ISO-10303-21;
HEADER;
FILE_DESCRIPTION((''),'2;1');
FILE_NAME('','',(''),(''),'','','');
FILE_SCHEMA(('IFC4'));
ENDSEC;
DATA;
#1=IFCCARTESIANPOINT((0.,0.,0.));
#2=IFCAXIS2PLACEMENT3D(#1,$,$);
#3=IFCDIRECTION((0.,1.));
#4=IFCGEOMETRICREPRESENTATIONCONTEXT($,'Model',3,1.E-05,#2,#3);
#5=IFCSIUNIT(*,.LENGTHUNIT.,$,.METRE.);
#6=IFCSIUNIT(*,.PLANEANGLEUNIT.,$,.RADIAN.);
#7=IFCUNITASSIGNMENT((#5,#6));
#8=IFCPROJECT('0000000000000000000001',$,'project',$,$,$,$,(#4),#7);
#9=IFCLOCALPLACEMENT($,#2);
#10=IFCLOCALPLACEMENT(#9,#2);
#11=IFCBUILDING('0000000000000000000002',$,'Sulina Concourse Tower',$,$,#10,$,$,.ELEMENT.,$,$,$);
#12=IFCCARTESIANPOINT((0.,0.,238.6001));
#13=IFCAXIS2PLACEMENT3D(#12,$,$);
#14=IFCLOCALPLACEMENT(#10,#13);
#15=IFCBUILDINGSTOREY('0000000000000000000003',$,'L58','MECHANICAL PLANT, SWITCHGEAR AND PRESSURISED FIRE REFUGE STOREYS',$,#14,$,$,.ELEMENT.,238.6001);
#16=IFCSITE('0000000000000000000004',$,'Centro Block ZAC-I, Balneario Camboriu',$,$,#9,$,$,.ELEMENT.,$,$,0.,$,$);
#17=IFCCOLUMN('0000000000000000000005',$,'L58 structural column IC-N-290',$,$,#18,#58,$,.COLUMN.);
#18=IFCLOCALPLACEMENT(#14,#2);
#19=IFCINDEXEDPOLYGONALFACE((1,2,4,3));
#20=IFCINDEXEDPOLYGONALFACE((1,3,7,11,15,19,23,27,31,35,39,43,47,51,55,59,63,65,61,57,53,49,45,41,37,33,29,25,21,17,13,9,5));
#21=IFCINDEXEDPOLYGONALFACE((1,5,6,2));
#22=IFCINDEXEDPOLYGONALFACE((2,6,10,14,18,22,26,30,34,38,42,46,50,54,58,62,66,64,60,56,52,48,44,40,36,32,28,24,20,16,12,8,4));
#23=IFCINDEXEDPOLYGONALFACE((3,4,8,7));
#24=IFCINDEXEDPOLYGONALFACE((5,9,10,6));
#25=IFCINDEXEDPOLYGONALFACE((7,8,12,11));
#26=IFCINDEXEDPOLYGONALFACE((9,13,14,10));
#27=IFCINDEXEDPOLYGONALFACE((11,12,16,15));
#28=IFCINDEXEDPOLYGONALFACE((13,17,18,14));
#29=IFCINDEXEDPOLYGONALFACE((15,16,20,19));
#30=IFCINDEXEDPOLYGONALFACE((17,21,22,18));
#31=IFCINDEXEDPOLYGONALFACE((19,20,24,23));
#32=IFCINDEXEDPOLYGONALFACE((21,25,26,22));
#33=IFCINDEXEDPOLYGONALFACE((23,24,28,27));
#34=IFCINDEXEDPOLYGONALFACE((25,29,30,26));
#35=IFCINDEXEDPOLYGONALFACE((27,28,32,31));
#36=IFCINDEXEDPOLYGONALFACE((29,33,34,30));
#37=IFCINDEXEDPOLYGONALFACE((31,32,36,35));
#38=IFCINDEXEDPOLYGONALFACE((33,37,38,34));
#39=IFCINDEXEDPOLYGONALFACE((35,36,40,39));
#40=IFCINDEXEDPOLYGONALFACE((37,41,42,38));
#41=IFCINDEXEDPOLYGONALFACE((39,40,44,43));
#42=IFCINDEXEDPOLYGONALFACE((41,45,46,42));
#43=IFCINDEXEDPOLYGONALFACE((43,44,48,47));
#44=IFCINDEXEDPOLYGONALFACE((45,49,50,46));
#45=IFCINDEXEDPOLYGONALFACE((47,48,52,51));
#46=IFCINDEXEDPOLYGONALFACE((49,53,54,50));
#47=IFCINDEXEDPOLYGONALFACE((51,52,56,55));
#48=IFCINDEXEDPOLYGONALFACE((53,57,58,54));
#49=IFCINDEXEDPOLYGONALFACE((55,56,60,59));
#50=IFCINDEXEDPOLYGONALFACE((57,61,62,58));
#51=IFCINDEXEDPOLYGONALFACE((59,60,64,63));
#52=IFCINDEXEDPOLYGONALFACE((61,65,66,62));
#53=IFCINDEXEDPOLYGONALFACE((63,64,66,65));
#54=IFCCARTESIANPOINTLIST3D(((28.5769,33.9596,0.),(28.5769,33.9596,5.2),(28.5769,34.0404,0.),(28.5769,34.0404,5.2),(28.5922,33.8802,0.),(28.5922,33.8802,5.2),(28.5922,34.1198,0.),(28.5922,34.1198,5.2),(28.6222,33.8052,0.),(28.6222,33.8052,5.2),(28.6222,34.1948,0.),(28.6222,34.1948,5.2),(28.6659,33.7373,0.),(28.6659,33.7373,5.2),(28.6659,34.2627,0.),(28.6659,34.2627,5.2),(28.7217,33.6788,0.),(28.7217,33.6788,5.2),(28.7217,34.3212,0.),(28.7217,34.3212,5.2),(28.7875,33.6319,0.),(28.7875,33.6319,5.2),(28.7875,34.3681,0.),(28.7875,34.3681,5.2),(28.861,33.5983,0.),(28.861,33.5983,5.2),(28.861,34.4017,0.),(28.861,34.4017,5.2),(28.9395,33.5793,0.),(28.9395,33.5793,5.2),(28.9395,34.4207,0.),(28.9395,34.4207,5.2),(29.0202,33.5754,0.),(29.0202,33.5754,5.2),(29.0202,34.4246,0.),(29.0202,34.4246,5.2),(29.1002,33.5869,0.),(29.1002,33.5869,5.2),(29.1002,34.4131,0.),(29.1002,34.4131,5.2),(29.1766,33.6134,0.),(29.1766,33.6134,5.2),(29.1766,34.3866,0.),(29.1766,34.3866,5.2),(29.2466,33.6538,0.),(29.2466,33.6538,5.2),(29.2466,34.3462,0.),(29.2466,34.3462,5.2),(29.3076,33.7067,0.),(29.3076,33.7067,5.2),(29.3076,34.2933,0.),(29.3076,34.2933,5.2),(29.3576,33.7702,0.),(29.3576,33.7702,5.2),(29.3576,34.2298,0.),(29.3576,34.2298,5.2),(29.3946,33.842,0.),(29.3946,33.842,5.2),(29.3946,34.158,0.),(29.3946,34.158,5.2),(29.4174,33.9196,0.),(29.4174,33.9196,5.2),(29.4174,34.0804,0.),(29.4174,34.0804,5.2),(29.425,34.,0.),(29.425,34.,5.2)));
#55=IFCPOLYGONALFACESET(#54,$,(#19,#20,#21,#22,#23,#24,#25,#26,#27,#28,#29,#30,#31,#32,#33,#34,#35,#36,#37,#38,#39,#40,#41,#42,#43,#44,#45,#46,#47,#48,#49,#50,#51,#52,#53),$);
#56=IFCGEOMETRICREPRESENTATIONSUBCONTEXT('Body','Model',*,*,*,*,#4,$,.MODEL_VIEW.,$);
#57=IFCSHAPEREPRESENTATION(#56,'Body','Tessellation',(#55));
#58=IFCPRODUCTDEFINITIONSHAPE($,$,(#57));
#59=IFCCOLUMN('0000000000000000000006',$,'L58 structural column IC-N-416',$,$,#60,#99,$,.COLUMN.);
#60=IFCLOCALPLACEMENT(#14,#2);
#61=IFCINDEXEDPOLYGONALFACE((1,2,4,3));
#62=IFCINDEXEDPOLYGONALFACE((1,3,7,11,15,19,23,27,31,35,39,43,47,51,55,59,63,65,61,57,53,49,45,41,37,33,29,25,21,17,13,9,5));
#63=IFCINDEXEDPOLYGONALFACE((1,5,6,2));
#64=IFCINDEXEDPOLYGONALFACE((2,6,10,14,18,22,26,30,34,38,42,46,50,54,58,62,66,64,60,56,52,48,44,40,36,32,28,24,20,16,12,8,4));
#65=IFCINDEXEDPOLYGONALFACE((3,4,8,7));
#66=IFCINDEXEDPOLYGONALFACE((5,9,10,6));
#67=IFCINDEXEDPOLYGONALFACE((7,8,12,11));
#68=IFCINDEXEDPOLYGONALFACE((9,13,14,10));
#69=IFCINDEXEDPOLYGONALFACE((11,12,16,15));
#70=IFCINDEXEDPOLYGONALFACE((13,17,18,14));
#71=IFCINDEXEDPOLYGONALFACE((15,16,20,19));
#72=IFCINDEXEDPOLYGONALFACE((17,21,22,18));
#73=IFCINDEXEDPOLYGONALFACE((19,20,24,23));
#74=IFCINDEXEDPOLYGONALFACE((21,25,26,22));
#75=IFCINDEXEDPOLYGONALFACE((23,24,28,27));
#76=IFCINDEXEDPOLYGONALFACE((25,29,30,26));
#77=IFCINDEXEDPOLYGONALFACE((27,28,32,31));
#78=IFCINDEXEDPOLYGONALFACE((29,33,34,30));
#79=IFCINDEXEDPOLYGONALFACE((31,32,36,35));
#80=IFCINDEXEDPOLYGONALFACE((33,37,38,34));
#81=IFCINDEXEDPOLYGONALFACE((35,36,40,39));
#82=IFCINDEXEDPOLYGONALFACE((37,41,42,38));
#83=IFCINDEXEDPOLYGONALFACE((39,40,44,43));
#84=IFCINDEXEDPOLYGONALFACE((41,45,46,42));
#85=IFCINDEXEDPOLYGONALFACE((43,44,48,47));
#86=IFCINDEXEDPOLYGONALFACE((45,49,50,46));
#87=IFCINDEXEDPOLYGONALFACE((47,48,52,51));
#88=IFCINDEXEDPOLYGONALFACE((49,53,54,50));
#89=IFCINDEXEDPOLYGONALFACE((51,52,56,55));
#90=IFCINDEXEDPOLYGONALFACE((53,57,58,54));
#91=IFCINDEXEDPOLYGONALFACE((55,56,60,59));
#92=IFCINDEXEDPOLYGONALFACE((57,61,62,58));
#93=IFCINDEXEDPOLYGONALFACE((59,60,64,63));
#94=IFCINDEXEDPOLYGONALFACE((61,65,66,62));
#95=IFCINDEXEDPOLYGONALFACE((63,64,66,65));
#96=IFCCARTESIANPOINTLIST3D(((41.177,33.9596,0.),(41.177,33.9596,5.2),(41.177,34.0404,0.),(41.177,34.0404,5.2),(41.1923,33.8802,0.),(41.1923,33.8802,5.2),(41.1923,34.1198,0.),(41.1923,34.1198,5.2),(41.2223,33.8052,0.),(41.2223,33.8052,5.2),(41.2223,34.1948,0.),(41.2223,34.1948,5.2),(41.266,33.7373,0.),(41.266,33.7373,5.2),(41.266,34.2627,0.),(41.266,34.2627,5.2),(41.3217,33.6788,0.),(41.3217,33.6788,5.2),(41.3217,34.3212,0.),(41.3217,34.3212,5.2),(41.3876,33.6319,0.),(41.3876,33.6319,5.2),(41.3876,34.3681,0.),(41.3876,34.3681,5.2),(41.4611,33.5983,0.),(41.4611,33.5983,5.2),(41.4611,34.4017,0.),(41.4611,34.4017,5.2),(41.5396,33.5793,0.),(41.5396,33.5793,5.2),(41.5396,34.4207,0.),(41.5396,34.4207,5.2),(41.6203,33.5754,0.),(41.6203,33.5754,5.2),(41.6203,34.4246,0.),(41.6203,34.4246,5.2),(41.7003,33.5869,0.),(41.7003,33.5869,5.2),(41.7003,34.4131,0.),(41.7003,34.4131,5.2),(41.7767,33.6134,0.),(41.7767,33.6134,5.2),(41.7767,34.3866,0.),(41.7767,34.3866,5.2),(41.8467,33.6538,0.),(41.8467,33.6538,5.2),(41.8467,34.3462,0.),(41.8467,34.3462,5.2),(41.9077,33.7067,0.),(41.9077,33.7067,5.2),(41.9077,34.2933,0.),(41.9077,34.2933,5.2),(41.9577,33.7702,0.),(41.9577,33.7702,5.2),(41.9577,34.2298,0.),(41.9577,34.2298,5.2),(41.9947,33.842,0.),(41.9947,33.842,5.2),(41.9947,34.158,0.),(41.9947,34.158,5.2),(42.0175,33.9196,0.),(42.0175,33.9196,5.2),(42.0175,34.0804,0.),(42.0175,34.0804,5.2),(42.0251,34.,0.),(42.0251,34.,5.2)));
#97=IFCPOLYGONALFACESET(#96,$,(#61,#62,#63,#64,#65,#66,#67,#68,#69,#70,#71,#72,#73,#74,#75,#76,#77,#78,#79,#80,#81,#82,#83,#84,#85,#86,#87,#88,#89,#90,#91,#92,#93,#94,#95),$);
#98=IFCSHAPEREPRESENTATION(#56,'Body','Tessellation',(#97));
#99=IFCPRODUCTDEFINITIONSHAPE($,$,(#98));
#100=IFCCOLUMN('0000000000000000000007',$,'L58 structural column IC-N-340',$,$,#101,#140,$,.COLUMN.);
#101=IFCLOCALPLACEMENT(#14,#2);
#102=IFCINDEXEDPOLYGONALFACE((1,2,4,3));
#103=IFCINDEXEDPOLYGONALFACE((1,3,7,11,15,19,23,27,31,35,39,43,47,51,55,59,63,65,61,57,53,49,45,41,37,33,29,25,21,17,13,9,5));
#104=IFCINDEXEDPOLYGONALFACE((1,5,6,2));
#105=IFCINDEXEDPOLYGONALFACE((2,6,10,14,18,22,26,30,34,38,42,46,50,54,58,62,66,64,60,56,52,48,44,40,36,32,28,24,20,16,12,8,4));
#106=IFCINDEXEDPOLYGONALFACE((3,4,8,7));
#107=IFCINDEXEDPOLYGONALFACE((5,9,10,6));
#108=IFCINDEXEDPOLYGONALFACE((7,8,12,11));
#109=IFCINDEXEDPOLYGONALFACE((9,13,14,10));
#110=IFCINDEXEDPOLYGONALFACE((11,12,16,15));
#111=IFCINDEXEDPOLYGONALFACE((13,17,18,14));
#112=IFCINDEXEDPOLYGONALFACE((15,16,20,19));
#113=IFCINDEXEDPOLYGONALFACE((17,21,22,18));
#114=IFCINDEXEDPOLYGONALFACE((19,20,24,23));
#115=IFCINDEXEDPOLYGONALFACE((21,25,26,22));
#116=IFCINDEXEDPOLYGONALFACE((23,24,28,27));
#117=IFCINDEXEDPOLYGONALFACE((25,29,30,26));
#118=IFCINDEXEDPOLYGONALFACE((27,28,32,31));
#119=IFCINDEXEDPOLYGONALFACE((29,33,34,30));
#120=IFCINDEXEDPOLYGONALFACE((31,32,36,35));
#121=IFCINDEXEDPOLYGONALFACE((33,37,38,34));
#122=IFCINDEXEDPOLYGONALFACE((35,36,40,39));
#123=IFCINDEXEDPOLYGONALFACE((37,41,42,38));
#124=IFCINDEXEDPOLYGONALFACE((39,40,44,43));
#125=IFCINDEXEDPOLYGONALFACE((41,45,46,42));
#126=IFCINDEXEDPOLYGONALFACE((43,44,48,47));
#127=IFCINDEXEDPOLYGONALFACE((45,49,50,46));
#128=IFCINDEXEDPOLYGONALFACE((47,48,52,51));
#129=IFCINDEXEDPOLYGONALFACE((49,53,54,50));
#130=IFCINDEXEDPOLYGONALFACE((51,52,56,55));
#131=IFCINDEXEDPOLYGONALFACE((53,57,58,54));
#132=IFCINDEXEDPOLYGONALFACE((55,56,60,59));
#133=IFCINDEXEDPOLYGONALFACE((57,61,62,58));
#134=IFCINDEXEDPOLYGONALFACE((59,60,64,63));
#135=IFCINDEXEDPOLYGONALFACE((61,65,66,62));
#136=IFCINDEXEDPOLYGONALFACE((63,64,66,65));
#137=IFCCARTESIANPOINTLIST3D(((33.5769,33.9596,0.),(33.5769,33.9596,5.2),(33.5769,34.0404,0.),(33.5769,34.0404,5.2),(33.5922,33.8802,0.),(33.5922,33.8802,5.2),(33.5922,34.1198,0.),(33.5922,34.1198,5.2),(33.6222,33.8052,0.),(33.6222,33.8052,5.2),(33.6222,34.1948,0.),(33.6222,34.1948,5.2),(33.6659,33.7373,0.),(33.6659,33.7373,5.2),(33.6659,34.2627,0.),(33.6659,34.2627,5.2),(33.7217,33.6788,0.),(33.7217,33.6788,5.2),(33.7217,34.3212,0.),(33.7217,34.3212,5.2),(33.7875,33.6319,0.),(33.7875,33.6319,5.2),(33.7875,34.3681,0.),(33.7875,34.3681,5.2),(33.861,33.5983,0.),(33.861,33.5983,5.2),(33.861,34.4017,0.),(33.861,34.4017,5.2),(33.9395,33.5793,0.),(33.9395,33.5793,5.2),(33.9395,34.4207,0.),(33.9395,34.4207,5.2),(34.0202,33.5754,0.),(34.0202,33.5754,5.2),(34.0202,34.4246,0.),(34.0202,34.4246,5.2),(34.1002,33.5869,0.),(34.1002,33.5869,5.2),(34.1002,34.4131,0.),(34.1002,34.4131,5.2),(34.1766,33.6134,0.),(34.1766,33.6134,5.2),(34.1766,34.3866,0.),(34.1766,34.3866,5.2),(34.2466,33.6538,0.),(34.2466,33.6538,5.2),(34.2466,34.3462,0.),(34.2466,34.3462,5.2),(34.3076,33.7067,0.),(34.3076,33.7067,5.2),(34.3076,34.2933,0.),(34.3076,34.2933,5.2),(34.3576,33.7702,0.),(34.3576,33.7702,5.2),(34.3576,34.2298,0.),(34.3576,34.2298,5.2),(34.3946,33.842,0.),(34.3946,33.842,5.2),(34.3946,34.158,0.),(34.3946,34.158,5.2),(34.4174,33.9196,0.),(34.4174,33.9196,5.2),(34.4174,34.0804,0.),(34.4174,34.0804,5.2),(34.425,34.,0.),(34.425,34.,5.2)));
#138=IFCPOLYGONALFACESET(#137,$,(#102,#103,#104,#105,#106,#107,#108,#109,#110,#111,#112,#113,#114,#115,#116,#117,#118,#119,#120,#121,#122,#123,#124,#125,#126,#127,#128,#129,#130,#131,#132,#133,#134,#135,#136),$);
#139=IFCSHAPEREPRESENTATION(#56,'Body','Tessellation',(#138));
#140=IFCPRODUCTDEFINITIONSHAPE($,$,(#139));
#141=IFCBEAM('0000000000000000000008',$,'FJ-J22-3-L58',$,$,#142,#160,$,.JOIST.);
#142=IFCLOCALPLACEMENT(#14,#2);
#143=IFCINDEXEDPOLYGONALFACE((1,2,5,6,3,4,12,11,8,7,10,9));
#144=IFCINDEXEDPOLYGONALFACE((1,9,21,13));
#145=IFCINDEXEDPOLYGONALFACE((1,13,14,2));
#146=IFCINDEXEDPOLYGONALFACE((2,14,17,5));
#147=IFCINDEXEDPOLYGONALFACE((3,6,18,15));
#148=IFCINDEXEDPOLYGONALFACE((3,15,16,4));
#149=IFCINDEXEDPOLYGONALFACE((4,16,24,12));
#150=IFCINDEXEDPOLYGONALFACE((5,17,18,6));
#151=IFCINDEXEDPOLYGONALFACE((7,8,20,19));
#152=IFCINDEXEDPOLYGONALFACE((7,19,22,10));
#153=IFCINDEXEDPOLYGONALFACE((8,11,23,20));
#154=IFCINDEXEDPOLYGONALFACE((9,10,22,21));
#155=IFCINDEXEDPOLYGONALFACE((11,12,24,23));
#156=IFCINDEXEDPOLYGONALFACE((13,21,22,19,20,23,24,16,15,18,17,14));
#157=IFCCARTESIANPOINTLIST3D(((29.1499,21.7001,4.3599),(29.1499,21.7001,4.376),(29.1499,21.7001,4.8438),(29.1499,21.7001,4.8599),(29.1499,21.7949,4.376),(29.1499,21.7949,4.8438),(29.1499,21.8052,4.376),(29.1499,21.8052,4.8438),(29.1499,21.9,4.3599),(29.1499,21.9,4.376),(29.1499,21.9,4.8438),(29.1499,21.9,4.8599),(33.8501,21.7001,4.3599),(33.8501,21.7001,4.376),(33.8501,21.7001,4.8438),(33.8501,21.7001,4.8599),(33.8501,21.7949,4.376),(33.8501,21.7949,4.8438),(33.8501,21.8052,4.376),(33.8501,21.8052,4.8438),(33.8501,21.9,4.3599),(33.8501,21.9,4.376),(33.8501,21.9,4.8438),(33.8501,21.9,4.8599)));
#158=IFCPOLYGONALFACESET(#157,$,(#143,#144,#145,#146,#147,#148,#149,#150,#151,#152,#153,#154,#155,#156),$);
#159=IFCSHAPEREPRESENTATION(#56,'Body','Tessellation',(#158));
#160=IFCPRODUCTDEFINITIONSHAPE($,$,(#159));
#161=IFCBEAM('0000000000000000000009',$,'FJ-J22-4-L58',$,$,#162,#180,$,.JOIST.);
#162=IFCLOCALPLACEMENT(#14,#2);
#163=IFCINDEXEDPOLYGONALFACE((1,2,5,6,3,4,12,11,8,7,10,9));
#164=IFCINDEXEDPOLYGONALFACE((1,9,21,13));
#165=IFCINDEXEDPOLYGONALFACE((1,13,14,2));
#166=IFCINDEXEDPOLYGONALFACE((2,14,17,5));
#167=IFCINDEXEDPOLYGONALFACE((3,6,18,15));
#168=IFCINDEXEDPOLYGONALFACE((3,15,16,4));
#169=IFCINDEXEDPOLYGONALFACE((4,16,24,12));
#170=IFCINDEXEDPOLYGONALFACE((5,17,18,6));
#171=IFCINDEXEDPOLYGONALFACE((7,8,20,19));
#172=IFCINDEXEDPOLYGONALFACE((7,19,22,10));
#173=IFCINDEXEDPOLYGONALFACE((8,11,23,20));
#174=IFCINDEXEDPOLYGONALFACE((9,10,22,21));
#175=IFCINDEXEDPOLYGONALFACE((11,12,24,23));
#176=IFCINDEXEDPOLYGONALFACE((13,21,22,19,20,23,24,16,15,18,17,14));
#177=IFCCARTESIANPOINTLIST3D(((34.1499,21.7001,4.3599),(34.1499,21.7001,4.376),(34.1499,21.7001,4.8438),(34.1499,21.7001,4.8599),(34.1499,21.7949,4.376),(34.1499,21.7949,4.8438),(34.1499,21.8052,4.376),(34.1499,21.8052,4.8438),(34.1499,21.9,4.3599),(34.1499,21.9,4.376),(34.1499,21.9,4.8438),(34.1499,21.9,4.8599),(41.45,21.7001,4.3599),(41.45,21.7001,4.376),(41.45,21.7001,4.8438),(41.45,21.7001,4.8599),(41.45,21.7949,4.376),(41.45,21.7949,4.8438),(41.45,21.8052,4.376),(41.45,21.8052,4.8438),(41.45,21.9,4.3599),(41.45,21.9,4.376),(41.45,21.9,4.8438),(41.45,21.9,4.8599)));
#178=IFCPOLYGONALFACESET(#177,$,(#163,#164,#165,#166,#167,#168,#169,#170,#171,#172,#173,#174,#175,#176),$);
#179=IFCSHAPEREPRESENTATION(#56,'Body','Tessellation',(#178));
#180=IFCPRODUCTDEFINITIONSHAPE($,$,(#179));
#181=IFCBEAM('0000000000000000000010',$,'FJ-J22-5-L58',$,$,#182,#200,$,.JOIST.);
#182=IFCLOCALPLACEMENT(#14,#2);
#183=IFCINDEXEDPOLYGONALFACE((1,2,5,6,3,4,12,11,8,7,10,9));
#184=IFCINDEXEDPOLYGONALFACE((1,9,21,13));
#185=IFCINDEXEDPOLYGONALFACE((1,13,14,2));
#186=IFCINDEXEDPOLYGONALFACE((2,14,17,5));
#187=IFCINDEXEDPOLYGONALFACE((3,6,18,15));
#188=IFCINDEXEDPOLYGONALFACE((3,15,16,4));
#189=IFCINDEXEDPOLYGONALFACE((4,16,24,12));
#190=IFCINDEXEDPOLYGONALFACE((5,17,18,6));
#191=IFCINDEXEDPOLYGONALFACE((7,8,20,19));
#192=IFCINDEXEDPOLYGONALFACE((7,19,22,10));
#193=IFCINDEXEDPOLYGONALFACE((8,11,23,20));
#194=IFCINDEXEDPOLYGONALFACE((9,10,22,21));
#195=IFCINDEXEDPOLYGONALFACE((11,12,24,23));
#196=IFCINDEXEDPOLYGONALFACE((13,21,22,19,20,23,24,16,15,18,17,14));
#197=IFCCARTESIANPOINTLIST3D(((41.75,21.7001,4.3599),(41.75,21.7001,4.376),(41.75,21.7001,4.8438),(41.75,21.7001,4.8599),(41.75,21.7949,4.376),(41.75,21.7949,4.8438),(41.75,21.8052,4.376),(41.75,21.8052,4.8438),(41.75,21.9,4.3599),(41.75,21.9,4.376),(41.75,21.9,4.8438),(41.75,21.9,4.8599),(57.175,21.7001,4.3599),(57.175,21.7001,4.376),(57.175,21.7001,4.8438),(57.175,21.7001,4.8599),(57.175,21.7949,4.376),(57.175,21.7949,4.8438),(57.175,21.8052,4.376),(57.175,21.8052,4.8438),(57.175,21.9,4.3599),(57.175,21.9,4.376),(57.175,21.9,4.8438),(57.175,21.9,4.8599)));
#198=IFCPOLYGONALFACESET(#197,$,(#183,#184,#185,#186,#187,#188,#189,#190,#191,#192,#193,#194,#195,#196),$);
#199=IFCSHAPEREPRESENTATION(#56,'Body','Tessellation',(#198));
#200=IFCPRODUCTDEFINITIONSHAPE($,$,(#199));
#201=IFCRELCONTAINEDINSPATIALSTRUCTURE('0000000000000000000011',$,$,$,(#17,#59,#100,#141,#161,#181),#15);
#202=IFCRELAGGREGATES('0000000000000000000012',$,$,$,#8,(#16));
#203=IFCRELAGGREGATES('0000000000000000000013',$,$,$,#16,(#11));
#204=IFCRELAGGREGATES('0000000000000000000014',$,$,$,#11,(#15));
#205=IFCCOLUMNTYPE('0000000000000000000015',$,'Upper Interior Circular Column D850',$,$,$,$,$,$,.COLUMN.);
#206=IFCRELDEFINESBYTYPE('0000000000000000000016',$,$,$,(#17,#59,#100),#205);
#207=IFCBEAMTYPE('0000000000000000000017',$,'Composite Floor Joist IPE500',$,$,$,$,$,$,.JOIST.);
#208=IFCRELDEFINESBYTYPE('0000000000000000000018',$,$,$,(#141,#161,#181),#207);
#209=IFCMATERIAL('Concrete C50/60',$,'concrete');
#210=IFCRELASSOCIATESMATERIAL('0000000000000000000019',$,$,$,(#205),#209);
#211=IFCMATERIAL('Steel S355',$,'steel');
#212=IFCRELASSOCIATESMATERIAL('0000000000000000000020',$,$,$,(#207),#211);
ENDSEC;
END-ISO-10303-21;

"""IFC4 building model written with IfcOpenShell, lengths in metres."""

from ifc_helpers import new_model, si_unit, direction, frame, origin, origin_2d, place, context, subcontext, project, spatial, circle, i_section, extrude, material, material_profile, profile_set, type_object, element, save


model = new_model("IFC4")

# Units and contexts
model_context = context("Model", 3, precision=1e-05, world=origin(), true_north=direction((0.0, 1.0)))
body_context = subcontext(model_context, "Body", "Model", "MODEL_VIEW")
ifc_project = project(units=[si_unit("LENGTHUNIT", "METRE"), si_unit("PLANEANGLEUNIT", "RADIAN")], contexts=[model_context])

# Site, building, storey
site_placement = place(None, origin())
site = spatial("IfcSite", under=ifc_project, at=site_placement, Name="Centro Block ZAC-I, Balneario Camboriu", CompositionType="ELEMENT", RefElevation=0.0)
building_placement = place(site_placement, origin())
building = spatial("IfcBuilding", under=site, at=building_placement, Name="Sulina Concourse Tower", CompositionType="ELEMENT")
storey_placement = place(building_placement, frame((0.0, 0.0, 238.6001)))
storey = spatial("IfcBuildingStorey", under=building, at=storey_placement, Name="L58", Description="MECHANICAL PLANT, SWITCHGEAR AND PRESSURISED FIRE REFUGE STOREYS", CompositionType="ELEMENT", Elevation=238.6001)

# Columns
ifc_material_1 = material(Name="Concrete C50/60", Category="concrete")
ifc_material_profile_1 = material_profile(ifc_material_1, circle(Radius=0.425, at=origin_2d()), Name="RC D850")
ifc_profile_set_1 = profile_set([ifc_material_profile_1], Name="Concrete C50/60")
column_type = type_object("IfcColumnType", Name="Upper Interior Circular Column D850", PredefinedType="COLUMN", material=ifc_profile_set_1)
for number, where, z_axis, x_axis, name in (
    (1, (29.0, 34.0, 0.0), (0.0, 0.0, 1.0), (1.0, 0.0, 0.0), "L58 structural column IC-N-290"),
    (2, (41.6001, 34.0, 0.0), (0.0, 0.0, 1.0), (1.0, 0.0, 0.0), "L58 structural column IC-N-416"),
    (3, (34.0, 34.0, 0.0), (0.0, 0.0, 1.0), (1.0, 0.0, 0.0), "L58 structural column IC-N-340"),
):
    element("IfcColumn", number, at=place(storey_placement, frame(where, z_axis=z_axis, x_axis=x_axis)), inside=storey, type_object=column_type, Name=name, PredefinedType="COLUMN", context=body_context, shape_type="SweptSolid", body=[
        extrude(circle(Radius=0.425, at=origin_2d()), origin(), (0.0, 0.0, 1.0), 5.2),
    ])

# Beams
ifc_material_2 = material(Name="Steel S355", Category="steel")
ifc_material_profile_2 = material_profile(ifc_material_2, i_section(OverallWidth=0.2, OverallDepth=0.5, WebThickness=0.0103, FlangeThickness=0.0161, at=origin_2d()), Name="IPE 500")
ifc_profile_set_2 = profile_set([ifc_material_profile_2], Name="Steel S355")
beam_type_1 = type_object("IfcBeamType", Name="Composite Floor Joist IPE500", PredefinedType="JOIST", material=ifc_profile_set_2)
beam_1_placement = place(storey_placement, frame((29.1499, 21.8, 4.6099), z_axis=(1.0, 0.0, 0.0), x_axis=(0.0, 1.0, 0.0)))
element("IfcBeam", 4, at=beam_1_placement, inside=storey, type_object=beam_type_1, Name="FJ-J22-3-L58", PredefinedType="JOIST", context=body_context, shape_type="SweptSolid", body=[
    extrude(i_section(OverallWidth=0.2, OverallDepth=0.5, WebThickness=0.0103, FlangeThickness=0.0161, at=origin_2d()), origin(), (0.0, 0.0, 1.0), 4.7002),
])
beam_2_placement = place(storey_placement, frame((34.1499, 21.8, 4.6099), z_axis=(1.0, 0.0, 0.0), x_axis=(0.0, 1.0, 0.0)))
element("IfcBeam", 5, at=beam_2_placement, inside=storey, type_object=beam_type_1, Name="FJ-J22-4-L58", PredefinedType="JOIST", context=body_context, shape_type="SweptSolid", body=[
    extrude(i_section(OverallWidth=0.2, OverallDepth=0.5, WebThickness=0.0103, FlangeThickness=0.0161, at=origin_2d()), origin(), (0.0, 0.0, 1.0), 7.3),
])
beam_3_placement = place(storey_placement, frame((41.75, 21.8, 4.6099), z_axis=(1.0, 0.0, 0.0), x_axis=(0.0, 1.0, 0.0)))
element("IfcBeam", 6, at=beam_3_placement, inside=storey, type_object=beam_type_1, Name="FJ-J22-5-L58", PredefinedType="JOIST", context=body_context, shape_type="SweptSolid", body=[
    extrude(i_section(OverallWidth=0.2, OverallDepth=0.5, WebThickness=0.0103, FlangeThickness=0.0161, at=origin_2d()), origin(), (0.0, 0.0, 1.0), 15.425),
])

save(model, "model.ifc")
